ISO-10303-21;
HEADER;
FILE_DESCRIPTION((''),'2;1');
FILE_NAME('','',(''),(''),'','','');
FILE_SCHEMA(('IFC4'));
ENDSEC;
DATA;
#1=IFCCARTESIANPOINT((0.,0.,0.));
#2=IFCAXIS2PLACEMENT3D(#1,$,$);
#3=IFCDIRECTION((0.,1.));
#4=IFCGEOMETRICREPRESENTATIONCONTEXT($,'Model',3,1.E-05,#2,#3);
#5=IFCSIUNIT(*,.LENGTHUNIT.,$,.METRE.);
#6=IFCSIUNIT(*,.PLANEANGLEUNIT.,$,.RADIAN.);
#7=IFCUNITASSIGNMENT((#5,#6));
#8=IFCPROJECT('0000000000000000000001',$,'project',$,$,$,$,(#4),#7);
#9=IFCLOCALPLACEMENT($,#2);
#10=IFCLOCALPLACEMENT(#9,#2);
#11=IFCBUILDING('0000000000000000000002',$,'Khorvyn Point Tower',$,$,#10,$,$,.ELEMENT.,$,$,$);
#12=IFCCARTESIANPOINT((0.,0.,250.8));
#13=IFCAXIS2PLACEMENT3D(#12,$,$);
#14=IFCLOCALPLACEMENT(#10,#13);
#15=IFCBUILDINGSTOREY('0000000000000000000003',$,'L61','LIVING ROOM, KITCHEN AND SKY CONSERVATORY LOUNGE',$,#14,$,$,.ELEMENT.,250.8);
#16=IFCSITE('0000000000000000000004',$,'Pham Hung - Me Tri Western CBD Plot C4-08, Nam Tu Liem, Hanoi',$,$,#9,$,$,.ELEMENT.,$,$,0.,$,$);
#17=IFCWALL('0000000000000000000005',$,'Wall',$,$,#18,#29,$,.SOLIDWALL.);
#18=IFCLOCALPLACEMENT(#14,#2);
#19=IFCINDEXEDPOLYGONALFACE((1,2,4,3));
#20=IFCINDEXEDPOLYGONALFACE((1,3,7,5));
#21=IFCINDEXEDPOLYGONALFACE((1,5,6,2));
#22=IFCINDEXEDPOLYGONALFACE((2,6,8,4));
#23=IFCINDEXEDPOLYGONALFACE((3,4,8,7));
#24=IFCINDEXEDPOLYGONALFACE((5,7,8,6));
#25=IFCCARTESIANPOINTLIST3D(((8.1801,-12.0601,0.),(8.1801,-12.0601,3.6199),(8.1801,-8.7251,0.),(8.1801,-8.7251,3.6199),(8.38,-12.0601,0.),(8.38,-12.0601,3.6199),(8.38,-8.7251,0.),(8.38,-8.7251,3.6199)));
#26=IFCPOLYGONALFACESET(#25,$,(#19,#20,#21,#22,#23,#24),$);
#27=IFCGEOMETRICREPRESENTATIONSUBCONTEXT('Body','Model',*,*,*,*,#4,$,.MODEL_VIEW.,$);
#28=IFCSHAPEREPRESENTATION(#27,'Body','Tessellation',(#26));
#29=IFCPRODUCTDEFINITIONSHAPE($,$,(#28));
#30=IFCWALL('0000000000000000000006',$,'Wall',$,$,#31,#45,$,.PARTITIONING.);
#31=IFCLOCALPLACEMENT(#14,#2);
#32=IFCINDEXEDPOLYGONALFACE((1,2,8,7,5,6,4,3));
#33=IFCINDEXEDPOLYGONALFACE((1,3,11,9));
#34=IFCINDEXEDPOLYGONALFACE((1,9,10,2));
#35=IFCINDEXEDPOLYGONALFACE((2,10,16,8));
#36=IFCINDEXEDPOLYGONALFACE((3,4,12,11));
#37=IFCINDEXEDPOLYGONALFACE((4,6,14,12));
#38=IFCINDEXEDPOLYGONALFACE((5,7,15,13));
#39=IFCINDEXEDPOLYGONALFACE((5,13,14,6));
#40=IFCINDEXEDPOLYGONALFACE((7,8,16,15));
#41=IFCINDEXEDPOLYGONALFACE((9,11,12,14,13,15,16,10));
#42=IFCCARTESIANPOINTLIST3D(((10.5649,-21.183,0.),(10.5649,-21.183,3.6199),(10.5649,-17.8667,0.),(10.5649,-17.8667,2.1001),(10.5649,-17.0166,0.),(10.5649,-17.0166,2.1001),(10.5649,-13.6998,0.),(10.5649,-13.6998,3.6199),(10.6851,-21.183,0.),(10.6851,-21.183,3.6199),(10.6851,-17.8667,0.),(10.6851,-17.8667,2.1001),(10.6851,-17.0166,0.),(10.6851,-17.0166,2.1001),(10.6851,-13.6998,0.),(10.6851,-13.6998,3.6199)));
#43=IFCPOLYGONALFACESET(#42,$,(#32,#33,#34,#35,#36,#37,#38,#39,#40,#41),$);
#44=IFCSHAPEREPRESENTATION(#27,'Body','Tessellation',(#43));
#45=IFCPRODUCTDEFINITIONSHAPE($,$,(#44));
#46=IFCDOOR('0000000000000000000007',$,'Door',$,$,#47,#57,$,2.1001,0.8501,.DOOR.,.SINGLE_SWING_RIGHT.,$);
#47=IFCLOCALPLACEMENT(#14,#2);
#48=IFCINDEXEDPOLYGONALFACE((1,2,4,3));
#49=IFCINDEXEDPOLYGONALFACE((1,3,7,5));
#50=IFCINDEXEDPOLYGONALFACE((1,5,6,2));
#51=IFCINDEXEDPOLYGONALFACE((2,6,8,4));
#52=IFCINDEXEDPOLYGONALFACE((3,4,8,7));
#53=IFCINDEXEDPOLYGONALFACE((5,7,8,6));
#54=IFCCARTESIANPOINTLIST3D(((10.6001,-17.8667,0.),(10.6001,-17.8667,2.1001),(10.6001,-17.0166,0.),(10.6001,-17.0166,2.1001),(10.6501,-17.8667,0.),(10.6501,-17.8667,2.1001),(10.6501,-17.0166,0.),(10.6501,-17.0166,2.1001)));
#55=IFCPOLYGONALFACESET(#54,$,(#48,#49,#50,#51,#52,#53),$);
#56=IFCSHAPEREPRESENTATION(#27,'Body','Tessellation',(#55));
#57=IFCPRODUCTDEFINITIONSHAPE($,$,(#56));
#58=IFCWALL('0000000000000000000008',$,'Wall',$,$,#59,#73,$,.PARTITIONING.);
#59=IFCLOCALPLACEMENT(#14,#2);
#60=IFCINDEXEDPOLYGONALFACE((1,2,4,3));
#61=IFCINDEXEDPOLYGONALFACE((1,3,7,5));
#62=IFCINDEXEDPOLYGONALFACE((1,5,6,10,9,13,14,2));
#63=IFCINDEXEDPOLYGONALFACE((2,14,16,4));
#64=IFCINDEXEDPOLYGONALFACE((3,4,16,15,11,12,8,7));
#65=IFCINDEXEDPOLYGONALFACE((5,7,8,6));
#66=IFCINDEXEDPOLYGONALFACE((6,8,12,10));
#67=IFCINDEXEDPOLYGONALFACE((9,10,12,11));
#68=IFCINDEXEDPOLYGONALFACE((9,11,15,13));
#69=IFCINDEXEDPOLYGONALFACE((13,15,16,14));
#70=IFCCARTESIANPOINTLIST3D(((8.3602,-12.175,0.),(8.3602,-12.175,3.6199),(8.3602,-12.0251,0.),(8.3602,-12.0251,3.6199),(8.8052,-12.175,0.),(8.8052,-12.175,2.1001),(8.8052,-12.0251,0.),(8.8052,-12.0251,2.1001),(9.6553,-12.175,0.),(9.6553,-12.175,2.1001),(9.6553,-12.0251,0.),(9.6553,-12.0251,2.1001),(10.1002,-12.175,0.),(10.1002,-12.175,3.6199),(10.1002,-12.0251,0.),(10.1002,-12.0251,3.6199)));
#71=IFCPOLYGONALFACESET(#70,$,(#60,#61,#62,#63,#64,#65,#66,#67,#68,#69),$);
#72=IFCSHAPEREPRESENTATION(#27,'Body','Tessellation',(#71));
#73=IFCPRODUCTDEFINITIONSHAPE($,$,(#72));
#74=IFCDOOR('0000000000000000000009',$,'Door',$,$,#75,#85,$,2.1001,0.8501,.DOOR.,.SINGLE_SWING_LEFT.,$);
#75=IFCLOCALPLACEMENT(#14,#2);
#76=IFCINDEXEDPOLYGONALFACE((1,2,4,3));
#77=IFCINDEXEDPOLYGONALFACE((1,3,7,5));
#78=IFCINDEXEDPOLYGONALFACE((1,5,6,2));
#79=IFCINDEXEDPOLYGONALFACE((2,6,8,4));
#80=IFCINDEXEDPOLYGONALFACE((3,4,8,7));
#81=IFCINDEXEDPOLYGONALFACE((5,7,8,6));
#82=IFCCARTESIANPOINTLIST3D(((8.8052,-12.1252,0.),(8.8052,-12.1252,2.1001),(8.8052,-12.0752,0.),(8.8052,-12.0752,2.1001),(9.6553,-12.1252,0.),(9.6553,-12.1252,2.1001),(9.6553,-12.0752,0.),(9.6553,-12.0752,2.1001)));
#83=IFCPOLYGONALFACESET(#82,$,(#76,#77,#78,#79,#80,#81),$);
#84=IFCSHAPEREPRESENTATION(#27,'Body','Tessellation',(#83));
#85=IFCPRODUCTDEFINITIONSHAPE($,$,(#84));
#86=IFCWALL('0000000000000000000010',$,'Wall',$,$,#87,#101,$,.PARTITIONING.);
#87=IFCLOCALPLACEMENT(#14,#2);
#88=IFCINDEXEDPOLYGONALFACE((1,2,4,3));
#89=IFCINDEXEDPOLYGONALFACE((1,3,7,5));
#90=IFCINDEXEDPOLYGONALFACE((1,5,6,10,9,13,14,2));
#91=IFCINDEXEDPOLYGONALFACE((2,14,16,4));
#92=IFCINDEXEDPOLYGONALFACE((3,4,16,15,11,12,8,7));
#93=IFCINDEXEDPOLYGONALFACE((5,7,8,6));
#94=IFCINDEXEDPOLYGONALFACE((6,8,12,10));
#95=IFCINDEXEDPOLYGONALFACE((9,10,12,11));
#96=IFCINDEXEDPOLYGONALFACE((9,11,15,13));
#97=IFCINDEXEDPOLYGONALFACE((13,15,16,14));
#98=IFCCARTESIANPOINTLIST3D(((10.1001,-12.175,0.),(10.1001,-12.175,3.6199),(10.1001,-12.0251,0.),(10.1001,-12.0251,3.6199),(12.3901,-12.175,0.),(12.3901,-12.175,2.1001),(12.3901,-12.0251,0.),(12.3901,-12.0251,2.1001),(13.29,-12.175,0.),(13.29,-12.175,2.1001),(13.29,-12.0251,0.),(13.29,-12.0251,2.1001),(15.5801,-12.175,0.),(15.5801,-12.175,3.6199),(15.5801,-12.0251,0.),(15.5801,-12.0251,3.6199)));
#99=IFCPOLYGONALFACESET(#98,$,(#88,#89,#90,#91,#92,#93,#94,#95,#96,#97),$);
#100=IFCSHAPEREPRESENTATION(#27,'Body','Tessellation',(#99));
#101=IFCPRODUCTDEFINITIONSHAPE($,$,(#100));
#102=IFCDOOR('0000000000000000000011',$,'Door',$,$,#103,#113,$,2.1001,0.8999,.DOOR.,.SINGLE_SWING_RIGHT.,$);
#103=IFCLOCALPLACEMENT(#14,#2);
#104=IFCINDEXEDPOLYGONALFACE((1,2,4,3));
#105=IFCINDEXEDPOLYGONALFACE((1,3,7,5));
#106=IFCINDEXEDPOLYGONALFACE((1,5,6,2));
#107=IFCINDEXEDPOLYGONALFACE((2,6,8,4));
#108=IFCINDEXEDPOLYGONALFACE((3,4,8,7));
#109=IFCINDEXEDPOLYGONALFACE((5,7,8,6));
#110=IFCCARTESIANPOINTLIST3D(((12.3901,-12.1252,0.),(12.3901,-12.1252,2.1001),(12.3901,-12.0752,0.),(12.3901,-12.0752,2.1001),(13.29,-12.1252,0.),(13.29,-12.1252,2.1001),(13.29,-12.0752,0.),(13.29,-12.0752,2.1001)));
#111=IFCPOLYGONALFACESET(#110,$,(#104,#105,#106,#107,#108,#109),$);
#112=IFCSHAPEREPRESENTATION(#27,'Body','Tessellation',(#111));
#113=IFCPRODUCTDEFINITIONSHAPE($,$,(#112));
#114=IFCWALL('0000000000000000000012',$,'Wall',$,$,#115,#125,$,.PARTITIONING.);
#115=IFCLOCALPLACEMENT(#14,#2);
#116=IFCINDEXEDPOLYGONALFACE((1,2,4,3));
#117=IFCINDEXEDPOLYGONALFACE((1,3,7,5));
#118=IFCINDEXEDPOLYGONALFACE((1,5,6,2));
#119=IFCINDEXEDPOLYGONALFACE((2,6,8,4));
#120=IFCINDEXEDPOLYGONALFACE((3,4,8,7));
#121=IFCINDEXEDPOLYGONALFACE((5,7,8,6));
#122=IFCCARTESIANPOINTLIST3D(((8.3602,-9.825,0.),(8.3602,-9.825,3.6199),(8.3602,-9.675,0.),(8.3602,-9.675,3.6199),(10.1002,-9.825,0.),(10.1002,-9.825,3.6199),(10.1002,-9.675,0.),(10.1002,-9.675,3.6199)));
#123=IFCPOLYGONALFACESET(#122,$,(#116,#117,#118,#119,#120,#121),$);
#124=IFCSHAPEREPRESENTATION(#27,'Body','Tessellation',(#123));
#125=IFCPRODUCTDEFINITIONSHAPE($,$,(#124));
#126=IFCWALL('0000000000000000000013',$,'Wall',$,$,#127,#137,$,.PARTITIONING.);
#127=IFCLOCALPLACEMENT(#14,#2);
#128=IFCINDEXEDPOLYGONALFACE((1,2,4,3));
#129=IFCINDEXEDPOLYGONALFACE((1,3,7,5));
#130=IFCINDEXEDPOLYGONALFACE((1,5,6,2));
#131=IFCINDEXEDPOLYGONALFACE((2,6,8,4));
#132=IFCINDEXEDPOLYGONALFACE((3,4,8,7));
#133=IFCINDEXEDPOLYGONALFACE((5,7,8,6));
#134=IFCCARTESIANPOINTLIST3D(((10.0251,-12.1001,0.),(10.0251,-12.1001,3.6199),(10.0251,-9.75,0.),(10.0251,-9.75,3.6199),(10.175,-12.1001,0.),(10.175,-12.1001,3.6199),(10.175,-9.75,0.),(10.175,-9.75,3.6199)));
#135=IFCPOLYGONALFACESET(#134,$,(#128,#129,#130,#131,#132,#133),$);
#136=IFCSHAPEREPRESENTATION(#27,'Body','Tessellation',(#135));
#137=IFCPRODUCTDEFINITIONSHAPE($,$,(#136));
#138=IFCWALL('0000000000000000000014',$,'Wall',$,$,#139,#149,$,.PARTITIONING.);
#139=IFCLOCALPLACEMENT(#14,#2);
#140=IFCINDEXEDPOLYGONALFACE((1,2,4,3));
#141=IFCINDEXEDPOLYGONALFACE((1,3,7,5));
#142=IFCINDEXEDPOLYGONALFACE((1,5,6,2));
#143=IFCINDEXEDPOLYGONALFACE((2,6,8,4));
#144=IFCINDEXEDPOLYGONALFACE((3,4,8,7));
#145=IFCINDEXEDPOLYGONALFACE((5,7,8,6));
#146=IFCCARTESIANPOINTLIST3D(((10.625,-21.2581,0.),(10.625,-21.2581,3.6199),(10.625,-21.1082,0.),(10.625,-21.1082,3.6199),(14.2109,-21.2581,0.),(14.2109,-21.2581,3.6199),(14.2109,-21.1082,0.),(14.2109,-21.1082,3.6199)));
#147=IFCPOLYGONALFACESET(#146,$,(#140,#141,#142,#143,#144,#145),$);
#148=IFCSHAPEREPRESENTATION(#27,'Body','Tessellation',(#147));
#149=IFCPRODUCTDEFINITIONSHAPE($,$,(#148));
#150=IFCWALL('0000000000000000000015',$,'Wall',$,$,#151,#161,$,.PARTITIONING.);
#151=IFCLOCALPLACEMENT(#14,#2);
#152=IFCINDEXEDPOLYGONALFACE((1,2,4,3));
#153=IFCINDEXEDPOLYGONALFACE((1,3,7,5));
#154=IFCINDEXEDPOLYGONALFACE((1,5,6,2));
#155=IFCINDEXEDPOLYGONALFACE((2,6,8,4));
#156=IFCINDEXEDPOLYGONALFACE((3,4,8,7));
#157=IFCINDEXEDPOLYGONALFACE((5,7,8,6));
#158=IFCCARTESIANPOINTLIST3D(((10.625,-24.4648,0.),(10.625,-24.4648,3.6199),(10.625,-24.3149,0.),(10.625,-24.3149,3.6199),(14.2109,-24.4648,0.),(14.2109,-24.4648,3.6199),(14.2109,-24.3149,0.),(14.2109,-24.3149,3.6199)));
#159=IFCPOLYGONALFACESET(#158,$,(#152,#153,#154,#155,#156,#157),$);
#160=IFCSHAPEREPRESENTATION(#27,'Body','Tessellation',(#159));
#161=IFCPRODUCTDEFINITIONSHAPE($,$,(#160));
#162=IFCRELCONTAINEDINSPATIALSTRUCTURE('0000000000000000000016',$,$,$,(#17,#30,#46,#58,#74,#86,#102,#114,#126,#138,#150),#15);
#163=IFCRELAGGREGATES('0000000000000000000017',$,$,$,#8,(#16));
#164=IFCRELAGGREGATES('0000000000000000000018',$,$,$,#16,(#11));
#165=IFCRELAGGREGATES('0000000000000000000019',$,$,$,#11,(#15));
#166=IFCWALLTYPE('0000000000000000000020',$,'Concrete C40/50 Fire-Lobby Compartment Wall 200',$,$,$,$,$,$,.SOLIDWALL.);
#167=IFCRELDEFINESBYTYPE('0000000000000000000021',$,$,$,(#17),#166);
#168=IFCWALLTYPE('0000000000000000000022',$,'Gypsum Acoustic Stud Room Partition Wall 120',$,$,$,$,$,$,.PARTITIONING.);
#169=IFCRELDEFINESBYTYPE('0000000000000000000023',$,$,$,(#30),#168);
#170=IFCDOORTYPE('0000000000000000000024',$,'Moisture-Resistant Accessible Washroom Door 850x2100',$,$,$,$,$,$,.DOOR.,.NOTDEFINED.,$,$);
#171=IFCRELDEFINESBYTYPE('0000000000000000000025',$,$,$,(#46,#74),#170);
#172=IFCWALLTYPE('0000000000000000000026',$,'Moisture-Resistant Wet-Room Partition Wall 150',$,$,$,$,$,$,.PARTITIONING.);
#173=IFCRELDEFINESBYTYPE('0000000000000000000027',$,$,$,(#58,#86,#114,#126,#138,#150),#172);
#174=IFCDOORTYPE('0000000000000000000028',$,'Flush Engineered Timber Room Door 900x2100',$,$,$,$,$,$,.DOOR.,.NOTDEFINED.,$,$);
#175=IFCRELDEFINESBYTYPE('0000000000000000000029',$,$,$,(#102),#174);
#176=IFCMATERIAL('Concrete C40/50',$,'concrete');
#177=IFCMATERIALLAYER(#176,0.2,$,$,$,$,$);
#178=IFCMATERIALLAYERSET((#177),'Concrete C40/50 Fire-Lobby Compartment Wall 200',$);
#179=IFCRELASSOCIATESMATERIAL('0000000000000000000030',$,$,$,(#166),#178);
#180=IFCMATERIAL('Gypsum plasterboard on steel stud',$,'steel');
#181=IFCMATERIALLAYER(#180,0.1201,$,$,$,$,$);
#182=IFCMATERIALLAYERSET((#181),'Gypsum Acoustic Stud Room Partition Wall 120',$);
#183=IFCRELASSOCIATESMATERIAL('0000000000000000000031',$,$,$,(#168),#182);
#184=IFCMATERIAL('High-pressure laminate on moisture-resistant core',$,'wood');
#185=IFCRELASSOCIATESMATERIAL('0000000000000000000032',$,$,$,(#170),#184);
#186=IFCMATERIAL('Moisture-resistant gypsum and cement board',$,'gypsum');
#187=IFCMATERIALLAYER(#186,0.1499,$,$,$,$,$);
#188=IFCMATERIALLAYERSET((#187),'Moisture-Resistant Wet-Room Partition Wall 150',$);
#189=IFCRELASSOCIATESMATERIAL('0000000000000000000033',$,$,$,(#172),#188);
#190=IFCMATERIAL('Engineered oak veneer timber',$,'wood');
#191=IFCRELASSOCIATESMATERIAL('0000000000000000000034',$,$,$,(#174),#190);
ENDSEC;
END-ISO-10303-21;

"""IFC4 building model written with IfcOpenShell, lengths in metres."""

from ifc_helpers import new_model, si_unit, direction, frame, frame_2d, origin, place, context, subcontext, project, spatial, rectangle, extrude, material, layer, layer_set, type_object, element, fill, save


model = new_model("IFC4")

# Units and contexts
model_context = context("Model", 3, precision=1e-05, world=origin(), true_north=direction((0.0, 1.0)))
body_context = subcontext(model_context, "Body", "Model", "MODEL_VIEW")
ifc_project = project(units=[si_unit("LENGTHUNIT", "METRE"), si_unit("PLANEANGLEUNIT", "RADIAN")], contexts=[model_context])

# Site, building, storey
site_placement = place(None, origin())
site = spatial("IfcSite", under=ifc_project, at=site_placement, Name="Pham Hung - Me Tri Western CBD Plot C4-08, Nam Tu Liem, Hanoi", CompositionType="ELEMENT", RefElevation=0.0)
building_placement = place(site_placement, origin())
building = spatial("IfcBuilding", under=site, at=building_placement, Name="Khorvyn Point Tower", CompositionType="ELEMENT")
storey_placement = place(building_placement, frame((0.0, 0.0, 250.8)))
storey = spatial("IfcBuildingStorey", under=building, at=storey_placement, Name="L61", Description="LIVING ROOM, KITCHEN AND SKY CONSERVATORY LOUNGE", CompositionType="ELEMENT", Elevation=250.8)

# Shared definitions
ifc_material_1 = material(Name="Concrete C40/50", Category="concrete")

# Shared definitions
ifc_layer_1 = layer(ifc_material_1, 0.2)
ifc_layer_set_1 = layer_set([ifc_layer_1], Name="Concrete C40/50 Fire-Lobby Compartment Wall 200")
wall_type_1 = type_object("IfcWallType", Name="Concrete C40/50 Fire-Lobby Compartment Wall 200", PredefinedType="SOLIDWALL", material=ifc_layer_set_1)

# Wall
wall_1_placement = place(storey_placement, frame((8.28, -12.0601, 0.0), z_axis=(0.0, 0.0, 1.0), x_axis=(0.0, 1.0, 0.0)))
element("IfcWall", 1, at=wall_1_placement, inside=storey, type_object=wall_type_1, Name="Wall", PredefinedType="SOLIDWALL", context=body_context, shape_type="SweptSolid", body=[
    extrude(rectangle(XDim=3.335, YDim=0.2, at=frame_2d((1.6675, 0.0))), origin(), (0.0, 0.0, 1.0), 3.6199),
])

# Walls, openings, doors
ifc_material_2 = material(Name="Gypsum plasterboard on steel stud", Category="steel")
ifc_layer_2 = layer(ifc_material_2, 0.1201)
ifc_layer_set_2 = layer_set([ifc_layer_2], Name="Gypsum Acoustic Stud Room Partition Wall 120")
wall_type_2 = type_object("IfcWallType", Name="Gypsum Acoustic Stud Room Partition Wall 120", PredefinedType="PARTITIONING", material=ifc_layer_set_2)
wall_2_placement = place(storey_placement, frame((10.625, -21.1831, 0.0), z_axis=(0.0, 0.0, 1.0), x_axis=(0.0, 1.0, 0.0)))
wall_2 = element("IfcWall", 2, at=wall_2_placement, inside=storey, type_object=wall_type_2, Name="Wall", PredefinedType="PARTITIONING", context=body_context, shape_type="SweptSolid", body=[
    extrude(rectangle(XDim=7.4832, YDim=0.1201, at=frame_2d((3.7417, 0.0))), origin(), (0.0, 0.0, 1.0), 3.6199),
])
opening_1_placement = place(wall_2_placement, frame((3.3164, 0.0, 0.0)))
opening_1 = element("IfcOpeningElement", 3, at=opening_1_placement, cuts=wall_2, PredefinedType="OPENING", context=body_context, shape_type="SweptSolid", body=[
    extrude(rectangle(XDim=0.8501, YDim=2.1001, at=frame_2d((0.425, 1.05))), frame((0.0, 0.0701, 0.0), z_axis=(0.0, -1.0, 0.0), x_axis=(1.0, 0.0, 0.0)), (0.0, 0.0, 1.0), 0.1401),
])
ifc_material_3 = material(Name="High-pressure laminate on moisture-resistant core", Category="wood")
door_type_1 = type_object("IfcDoorType", Name="Moisture-Resistant Accessible Washroom Door 850x2100", OperationType="NOTDEFINED", PredefinedType="DOOR", material=ifc_material_3)
door_1_placement = place(opening_1_placement, origin())
door_1 = element("IfcDoor", 4, at=door_1_placement, inside=storey, type_object=door_type_1, Name="Door", OperationType="SINGLE_SWING_RIGHT", OverallHeight=2.1001, OverallWidth=0.8501, PredefinedType="DOOR", context=body_context, shape_type="SweptSolid", body=[
    extrude(rectangle(XDim=0.8501, YDim=2.1001, at=frame_2d((0.425, 1.05))), frame((0.0, 0.0249, 0.0), z_axis=(0.0, -1.0, 0.0), x_axis=(1.0, 0.0, 0.0)), (0.0, 0.0, 1.0), 0.05),
])
fill(opening_1, door_1)
ifc_material_4 = material(Name="Moisture-resistant gypsum and cement board", Category="gypsum")
ifc_layer_3 = layer(ifc_material_4, 0.1499)
ifc_layer_set_3 = layer_set([ifc_layer_3], Name="Moisture-Resistant Wet-Room Partition Wall 150")
wall_type_3 = type_object("IfcWallType", Name="Moisture-Resistant Wet-Room Partition Wall 150", PredefinedType="PARTITIONING", material=ifc_layer_set_3)
wall_3_placement = place(storey_placement, frame((8.3601, -12.1001, 0.0), z_axis=(0.0, 0.0, 1.0), x_axis=(1.0, 0.0, 0.0)))
wall_3 = element("IfcWall", 5, at=wall_3_placement, inside=storey, type_object=wall_type_3, Name="Wall", PredefinedType="PARTITIONING", context=body_context, shape_type="SweptSolid", body=[
    extrude(rectangle(XDim=1.74, YDim=0.1499, at=frame_2d((0.8701, 0.0))), origin(), (0.0, 0.0, 1.0), 3.6199),
])
opening_2_placement = place(wall_3_placement, frame((0.4451, 0.0, 0.0)))
opening_2 = element("IfcOpeningElement", 6, at=opening_2_placement, cuts=wall_3, PredefinedType="OPENING", context=body_context, shape_type="SweptSolid", body=[
    extrude(rectangle(XDim=0.8501, YDim=2.1001, at=frame_2d((0.425, 1.05))), frame((0.0, 0.085, 0.0), z_axis=(0.0, -1.0, 0.0), x_axis=(1.0, 0.0, 0.0)), (0.0, 0.0, 1.0), 0.1699),
])
door_2_placement = place(opening_2_placement, origin())
door_2 = element("IfcDoor", 7, at=door_2_placement, inside=storey, type_object=door_type_1, Name="Door", OperationType="SINGLE_SWING_LEFT", OverallHeight=2.1001, OverallWidth=0.8501, PredefinedType="DOOR", context=body_context, shape_type="SweptSolid", body=[
    extrude(rectangle(XDim=0.8501, YDim=2.1001, at=frame_2d((0.425, 1.05))), frame((0.0, 0.0249, 0.0), z_axis=(0.0, -1.0, 0.0), x_axis=(1.0, 0.0, 0.0)), (0.0, 0.0, 1.0), 0.05),
])
fill(opening_2, door_2)
wall_4_placement = place(storey_placement, frame((10.1001, -12.1001, 0.0), z_axis=(0.0, 0.0, 1.0), x_axis=(1.0, 0.0, 0.0)))
wall_4 = element("IfcWall", 8, at=wall_4_placement, inside=storey, type_object=wall_type_3, Name="Wall", PredefinedType="PARTITIONING", context=body_context, shape_type="SweptSolid", body=[
    extrude(rectangle(XDim=5.48, YDim=0.1499, at=frame_2d((2.74, 0.0))), origin(), (0.0, 0.0, 1.0), 3.6199),
])
opening_3_placement = place(wall_4_placement, frame((2.29, 0.0, 0.0)))
opening_3 = element("IfcOpeningElement", 9, at=opening_3_placement, cuts=wall_4, PredefinedType="OPENING", context=body_context, shape_type="SweptSolid", body=[
    extrude(rectangle(XDim=0.8999, YDim=2.1001, at=frame_2d((0.45, 1.05))), frame((0.0, 0.085, 0.0), z_axis=(0.0, -1.0, 0.0), x_axis=(1.0, 0.0, 0.0)), (0.0, 0.0, 1.0), 0.1699),
])
ifc_material_5 = material(Name="Engineered oak veneer timber", Category="wood")
door_type_2 = type_object("IfcDoorType", Name="Flush Engineered Timber Room Door 900x2100", OperationType="NOTDEFINED", PredefinedType="DOOR", material=ifc_material_5)
door_3_placement = place(opening_3_placement, origin())
door_3 = element("IfcDoor", 10, at=door_3_placement, inside=storey, type_object=door_type_2, Name="Door", OperationType="SINGLE_SWING_RIGHT", OverallHeight=2.1001, OverallWidth=0.8999, PredefinedType="DOOR", context=body_context, shape_type="SweptSolid", body=[
    extrude(rectangle(XDim=0.8999, YDim=2.1001, at=frame_2d((0.45, 1.05))), frame((0.0, 0.0249, 0.0), z_axis=(0.0, -1.0, 0.0), x_axis=(1.0, 0.0, 0.0)), (0.0, 0.0, 1.0), 0.05),
])
fill(opening_3, door_3)

# Walls
wall_5_placement = place(storey_placement, frame((8.3601, -9.75, 0.0), z_axis=(0.0, 0.0, 1.0), x_axis=(1.0, 0.0, 0.0)))
element("IfcWall", 11, at=wall_5_placement, inside=storey, type_object=wall_type_3, Name="Wall", PredefinedType="PARTITIONING", context=body_context, shape_type="SweptSolid", body=[
    extrude(rectangle(XDim=1.74, YDim=0.1499, at=frame_2d((0.8701, 0.0))), origin(), (0.0, 0.0, 1.0), 3.6199),
])
wall_6_placement = place(storey_placement, frame((10.1001, -12.1001, 0.0), z_axis=(0.0, 0.0, 1.0), x_axis=(0.0, 1.0, 0.0)))
element("IfcWall", 12, at=wall_6_placement, inside=storey, type_object=wall_type_3, Name="Wall", PredefinedType="PARTITIONING", context=body_context, shape_type="SweptSolid", body=[
    extrude(rectangle(XDim=2.3501, YDim=0.1499, at=frame_2d((1.175, 0.0))), origin(), (0.0, 0.0, 1.0), 3.6199),
])
for number, where, z_axis, x_axis, name in (
    (13, (10.625, -21.1831, 0.0), (0.0, 0.0, 1.0), (1.0, 0.0, 0.0), "Wall"),
    (14, (10.625, -24.3899, 0.0), (0.0, 0.0, 1.0), (1.0, 0.0, 0.0), "Wall"),
):
    element("IfcWall", number, at=place(storey_placement, frame(where, z_axis=z_axis, x_axis=x_axis)), inside=storey, type_object=wall_type_3, Name=name, PredefinedType="PARTITIONING", context=body_context, shape_type="SweptSolid", body=[
        extrude(rectangle(XDim=3.5859, YDim=0.1499, at=frame_2d((1.793, 0.0))), origin(), (0.0, 0.0, 1.0), 3.6199),
    ])

save(model, "model.ifc")
